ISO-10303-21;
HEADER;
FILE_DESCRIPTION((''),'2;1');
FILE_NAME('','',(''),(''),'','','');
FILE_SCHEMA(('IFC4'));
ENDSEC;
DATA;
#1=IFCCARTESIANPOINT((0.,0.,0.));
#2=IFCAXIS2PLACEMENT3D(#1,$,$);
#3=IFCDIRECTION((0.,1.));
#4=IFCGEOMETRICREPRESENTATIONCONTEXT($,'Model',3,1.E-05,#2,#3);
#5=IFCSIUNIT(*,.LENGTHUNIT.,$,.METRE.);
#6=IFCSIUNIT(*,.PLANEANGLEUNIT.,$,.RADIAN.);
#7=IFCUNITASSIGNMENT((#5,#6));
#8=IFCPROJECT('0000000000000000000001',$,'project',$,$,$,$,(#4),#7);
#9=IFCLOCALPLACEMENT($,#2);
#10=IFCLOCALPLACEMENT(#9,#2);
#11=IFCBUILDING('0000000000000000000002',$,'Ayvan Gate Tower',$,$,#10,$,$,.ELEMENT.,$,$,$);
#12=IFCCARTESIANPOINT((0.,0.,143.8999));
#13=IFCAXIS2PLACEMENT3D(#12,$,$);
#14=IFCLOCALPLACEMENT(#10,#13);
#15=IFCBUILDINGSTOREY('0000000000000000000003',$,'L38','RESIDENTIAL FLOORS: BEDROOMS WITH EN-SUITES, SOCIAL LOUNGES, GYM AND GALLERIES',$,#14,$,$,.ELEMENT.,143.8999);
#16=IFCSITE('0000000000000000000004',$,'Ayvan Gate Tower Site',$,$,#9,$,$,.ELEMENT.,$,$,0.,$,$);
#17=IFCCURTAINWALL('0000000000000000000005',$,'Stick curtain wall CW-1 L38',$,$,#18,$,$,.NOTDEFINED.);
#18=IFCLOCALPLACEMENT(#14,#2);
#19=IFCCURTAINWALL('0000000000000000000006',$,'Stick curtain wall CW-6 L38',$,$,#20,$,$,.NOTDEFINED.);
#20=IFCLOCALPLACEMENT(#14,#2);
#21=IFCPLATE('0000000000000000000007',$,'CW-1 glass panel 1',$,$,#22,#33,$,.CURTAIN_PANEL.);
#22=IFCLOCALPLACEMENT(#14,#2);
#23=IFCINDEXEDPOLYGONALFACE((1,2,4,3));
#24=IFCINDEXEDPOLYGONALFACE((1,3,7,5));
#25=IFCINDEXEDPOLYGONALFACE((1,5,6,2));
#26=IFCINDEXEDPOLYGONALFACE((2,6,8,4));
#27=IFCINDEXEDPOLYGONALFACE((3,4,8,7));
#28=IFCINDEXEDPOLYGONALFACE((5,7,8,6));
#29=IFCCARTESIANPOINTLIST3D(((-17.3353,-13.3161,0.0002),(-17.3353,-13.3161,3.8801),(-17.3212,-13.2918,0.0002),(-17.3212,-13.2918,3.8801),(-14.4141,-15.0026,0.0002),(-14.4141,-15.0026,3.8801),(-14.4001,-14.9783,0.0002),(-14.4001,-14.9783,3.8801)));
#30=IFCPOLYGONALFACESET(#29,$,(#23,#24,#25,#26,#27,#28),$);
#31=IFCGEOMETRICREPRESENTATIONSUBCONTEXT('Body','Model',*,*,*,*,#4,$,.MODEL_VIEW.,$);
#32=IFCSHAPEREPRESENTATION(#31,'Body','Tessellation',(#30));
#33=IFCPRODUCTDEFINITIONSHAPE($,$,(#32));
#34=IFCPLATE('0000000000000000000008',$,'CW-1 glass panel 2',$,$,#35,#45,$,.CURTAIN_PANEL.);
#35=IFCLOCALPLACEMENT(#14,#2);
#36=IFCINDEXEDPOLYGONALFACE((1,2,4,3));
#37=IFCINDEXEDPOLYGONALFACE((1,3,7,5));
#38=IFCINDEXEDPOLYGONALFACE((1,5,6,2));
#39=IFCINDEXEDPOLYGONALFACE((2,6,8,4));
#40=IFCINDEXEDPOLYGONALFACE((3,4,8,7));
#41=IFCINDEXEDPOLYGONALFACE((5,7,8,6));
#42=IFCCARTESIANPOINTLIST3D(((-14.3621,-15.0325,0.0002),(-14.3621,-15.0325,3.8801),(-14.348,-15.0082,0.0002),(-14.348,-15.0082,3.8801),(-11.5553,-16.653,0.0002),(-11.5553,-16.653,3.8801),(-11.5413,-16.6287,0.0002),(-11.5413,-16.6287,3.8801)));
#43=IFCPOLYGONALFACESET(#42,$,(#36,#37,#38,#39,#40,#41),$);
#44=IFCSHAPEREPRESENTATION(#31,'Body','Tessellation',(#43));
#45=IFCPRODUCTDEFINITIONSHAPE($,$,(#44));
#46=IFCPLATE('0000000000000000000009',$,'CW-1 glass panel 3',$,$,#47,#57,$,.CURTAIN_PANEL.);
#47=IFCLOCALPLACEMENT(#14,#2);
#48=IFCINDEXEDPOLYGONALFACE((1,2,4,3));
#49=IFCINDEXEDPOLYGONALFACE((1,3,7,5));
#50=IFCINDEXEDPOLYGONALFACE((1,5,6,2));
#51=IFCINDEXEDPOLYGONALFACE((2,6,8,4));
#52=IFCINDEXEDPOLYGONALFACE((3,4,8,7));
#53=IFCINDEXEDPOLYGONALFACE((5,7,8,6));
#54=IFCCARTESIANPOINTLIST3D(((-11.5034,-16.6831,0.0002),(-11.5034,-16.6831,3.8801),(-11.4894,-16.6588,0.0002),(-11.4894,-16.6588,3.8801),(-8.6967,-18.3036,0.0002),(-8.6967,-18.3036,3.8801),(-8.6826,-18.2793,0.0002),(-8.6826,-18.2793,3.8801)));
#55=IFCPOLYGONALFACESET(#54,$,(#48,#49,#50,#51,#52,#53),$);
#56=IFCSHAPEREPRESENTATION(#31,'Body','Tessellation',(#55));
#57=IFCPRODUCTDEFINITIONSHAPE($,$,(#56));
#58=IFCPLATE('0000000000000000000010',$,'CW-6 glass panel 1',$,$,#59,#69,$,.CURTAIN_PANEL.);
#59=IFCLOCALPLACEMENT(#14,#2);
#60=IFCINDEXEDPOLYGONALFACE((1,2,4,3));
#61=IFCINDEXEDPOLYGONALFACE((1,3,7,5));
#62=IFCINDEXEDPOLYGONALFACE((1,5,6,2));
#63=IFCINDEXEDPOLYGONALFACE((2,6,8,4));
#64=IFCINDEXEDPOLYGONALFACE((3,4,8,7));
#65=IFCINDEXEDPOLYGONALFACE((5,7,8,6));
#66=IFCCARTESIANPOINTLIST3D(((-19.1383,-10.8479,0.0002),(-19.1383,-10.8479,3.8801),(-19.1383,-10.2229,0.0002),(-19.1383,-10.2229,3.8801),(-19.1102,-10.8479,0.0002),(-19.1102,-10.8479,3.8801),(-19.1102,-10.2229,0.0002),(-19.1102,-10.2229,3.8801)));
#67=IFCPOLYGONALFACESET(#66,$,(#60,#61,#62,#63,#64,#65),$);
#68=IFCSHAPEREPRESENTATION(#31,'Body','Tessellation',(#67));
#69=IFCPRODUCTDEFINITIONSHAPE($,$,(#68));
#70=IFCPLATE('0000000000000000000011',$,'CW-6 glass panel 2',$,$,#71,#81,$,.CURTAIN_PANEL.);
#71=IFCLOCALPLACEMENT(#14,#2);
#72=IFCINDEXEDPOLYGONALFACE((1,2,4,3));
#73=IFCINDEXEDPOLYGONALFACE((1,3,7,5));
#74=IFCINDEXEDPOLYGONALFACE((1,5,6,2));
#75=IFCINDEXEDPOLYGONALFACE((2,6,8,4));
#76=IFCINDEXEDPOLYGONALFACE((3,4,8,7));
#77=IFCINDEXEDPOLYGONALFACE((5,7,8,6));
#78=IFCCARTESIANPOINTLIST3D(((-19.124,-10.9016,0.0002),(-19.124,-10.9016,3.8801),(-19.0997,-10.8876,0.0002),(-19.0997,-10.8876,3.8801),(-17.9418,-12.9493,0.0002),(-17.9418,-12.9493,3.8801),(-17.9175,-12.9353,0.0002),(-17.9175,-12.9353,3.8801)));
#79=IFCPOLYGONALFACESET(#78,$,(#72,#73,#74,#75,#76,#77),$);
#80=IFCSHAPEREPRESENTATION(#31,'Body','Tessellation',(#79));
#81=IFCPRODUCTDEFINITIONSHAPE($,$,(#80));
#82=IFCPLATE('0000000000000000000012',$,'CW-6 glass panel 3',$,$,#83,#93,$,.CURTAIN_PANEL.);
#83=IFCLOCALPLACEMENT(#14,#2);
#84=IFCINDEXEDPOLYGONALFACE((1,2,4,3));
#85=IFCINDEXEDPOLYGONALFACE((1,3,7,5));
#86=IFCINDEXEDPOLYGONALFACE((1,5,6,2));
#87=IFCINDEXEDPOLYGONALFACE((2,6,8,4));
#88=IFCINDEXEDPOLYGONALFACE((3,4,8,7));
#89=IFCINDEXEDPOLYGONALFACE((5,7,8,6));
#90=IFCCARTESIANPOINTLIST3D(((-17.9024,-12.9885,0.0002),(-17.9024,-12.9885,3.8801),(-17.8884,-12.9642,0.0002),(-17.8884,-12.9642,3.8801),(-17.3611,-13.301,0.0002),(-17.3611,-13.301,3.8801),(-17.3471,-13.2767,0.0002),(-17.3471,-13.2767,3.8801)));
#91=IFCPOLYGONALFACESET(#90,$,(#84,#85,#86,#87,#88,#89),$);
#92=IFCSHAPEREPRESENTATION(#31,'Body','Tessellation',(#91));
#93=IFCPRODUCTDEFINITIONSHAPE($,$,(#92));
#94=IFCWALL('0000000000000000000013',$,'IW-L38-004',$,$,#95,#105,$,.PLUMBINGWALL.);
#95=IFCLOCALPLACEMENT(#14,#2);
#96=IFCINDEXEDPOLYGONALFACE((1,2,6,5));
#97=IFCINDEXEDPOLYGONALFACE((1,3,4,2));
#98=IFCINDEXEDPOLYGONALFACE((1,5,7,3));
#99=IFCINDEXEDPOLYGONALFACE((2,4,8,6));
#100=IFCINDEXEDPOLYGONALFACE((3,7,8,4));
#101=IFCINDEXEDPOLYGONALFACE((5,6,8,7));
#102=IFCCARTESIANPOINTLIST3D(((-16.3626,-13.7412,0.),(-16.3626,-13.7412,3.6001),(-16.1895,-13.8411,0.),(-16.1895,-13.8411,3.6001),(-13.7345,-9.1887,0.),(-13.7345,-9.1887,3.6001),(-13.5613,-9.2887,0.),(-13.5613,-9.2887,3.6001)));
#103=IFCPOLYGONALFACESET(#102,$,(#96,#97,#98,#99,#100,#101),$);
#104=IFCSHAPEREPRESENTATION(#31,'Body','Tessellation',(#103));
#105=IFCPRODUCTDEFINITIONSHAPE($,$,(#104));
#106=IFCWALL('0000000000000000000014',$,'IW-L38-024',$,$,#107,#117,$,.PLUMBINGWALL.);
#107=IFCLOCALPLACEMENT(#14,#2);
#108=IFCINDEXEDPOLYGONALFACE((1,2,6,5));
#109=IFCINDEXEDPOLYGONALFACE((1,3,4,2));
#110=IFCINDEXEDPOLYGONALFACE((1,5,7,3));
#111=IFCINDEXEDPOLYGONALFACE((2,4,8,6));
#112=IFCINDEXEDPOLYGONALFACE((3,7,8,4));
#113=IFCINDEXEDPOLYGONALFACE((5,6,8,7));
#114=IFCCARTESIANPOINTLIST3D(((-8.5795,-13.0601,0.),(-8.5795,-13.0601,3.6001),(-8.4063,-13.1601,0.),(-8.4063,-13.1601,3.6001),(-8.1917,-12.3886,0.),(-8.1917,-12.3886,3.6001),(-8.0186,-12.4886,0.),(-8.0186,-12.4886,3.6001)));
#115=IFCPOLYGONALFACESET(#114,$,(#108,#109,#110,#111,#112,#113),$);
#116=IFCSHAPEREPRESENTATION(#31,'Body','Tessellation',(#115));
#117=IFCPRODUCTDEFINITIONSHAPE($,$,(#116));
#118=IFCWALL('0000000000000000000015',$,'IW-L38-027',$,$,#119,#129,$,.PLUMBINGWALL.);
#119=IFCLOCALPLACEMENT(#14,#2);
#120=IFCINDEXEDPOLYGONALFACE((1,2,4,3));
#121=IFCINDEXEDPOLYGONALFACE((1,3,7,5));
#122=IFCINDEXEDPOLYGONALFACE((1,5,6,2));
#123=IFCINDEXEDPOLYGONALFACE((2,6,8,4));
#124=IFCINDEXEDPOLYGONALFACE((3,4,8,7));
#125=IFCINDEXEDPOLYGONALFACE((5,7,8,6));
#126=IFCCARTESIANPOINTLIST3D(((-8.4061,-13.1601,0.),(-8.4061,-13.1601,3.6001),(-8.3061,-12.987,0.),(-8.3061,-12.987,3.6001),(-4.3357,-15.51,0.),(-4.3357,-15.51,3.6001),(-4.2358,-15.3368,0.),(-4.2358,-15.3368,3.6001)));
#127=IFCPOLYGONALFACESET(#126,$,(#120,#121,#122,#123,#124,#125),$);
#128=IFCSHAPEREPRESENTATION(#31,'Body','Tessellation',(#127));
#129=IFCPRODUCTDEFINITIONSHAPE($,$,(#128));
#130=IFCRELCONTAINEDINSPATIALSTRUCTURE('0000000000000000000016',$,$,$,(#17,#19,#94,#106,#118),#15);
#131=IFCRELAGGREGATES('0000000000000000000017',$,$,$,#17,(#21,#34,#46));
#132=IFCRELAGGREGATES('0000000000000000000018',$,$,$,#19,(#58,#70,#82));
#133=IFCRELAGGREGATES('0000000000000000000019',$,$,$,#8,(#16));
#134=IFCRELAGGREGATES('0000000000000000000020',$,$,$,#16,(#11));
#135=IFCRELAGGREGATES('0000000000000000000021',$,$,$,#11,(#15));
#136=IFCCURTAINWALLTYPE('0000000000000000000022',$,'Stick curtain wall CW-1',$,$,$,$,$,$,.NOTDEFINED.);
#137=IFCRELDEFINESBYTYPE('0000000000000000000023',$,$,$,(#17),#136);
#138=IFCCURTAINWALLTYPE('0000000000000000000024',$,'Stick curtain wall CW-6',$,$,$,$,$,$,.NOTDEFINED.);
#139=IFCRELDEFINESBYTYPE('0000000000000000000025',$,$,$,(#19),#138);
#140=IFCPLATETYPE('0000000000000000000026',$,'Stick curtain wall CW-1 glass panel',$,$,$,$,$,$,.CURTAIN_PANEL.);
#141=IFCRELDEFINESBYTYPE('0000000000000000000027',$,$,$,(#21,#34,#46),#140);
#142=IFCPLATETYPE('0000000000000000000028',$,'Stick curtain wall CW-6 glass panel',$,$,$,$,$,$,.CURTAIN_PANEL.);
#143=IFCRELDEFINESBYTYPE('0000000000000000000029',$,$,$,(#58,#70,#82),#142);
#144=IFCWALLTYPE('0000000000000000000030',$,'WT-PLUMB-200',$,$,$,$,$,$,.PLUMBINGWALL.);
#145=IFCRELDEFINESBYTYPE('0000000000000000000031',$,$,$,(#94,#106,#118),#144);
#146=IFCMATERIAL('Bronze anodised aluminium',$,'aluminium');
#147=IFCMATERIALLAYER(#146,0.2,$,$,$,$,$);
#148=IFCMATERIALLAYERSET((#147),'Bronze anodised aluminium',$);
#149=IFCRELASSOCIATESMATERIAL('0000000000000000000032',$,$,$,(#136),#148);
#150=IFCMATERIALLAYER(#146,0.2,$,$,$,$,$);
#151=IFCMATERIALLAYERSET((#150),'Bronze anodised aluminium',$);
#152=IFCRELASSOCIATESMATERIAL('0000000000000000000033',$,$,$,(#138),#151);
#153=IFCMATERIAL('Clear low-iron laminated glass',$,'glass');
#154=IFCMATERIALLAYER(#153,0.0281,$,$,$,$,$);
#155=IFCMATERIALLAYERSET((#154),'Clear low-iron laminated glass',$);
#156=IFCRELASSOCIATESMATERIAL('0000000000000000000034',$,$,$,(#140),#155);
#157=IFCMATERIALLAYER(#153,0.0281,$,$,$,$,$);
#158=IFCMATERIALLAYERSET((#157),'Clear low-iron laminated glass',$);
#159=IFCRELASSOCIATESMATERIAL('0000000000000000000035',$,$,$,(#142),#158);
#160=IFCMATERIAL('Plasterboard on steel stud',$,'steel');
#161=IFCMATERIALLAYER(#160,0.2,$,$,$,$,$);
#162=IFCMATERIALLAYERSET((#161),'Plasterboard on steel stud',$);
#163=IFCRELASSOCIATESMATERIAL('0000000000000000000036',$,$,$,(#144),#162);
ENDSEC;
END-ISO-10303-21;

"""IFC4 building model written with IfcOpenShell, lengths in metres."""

from ifc_helpers import new_model, si_unit, direction, frame, frame_2d, origin, origin_2d, place, context, subcontext, project, spatial, rectangle, extrude, material, layer, layer_set, type_object, element, aggregate, save


model = new_model("IFC4")

# Units and contexts
model_context = context("Model", 3, precision=1e-05, world=origin(), true_north=direction((0.0, 1.0)))
body_context = subcontext(model_context, "Body", "Model", "MODEL_VIEW")
ifc_project = project(units=[si_unit("LENGTHUNIT", "METRE"), si_unit("PLANEANGLEUNIT", "RADIAN")], contexts=[model_context])

# Site, building, storey
site_placement = place(None, origin())
site = spatial("IfcSite", under=ifc_project, at=site_placement, Name="Ayvan Gate Tower Site", CompositionType="ELEMENT", RefElevation=0.0)
building_placement = place(site_placement, origin())
building = spatial("IfcBuilding", under=site, at=building_placement, Name="Ayvan Gate Tower", CompositionType="ELEMENT")
storey_placement = place(building_placement, frame((0.0, 0.0, 143.8999)))
storey = spatial("IfcBuildingStorey", under=building, at=storey_placement, Name="L38", Description="RESIDENTIAL FLOORS: BEDROOMS WITH EN-SUITES, SOCIAL LOUNGES, GYM AND GALLERIES", CompositionType="ELEMENT", Elevation=143.8999)

# Curtain walls
ifc_material_1 = material(Name="Bronze anodised aluminium", Category="aluminium")
ifc_layer_1 = layer(ifc_material_1, 0.2)
ifc_layer_set_1 = layer_set([ifc_layer_1], Name="Bronze anodised aluminium")
curtain_wall_type_1 = type_object("IfcCurtainWallType", Name="Stick curtain wall CW-1", PredefinedType="NOTDEFINED", material=ifc_layer_set_1)
curtain_wall_1_placement = place(storey_placement, origin())
curtain_wall_1 = element("IfcCurtainWall", 1, at=curtain_wall_1_placement, inside=storey, type_object=curtain_wall_type_1, Name="Stick curtain wall CW-1 L38", PredefinedType="NOTDEFINED")
ifc_layer_2 = layer(ifc_material_1, 0.2)
ifc_layer_set_2 = layer_set([ifc_layer_2], Name="Bronze anodised aluminium")
curtain_wall_type_2 = type_object("IfcCurtainWallType", Name="Stick curtain wall CW-6", PredefinedType="NOTDEFINED", material=ifc_layer_set_2)
curtain_wall_2_placement = place(storey_placement, origin())
curtain_wall_2 = element("IfcCurtainWall", 2, at=curtain_wall_2_placement, inside=storey, type_object=curtain_wall_type_2, Name="Stick curtain wall CW-6 L38", PredefinedType="NOTDEFINED")

# Plates
ifc_material_2 = material(Name="Clear low-iron laminated glass", Category="glass")
ifc_layer_3 = layer(ifc_material_2, 0.0281)
ifc_layer_set_3 = layer_set([ifc_layer_3], Name="Clear low-iron laminated glass")
plate_type_1 = type_object("IfcPlateType", Name="Stick curtain wall CW-1 glass panel", PredefinedType="CURTAIN_PANEL", material=ifc_layer_set_3)
plate_1_placement = place(storey_placement, frame((-15.8677, -14.1472, 0.0002), z_axis=(0.0, 0.0, 1.0), x_axis=(0.866025, -0.5, 0.0)))
plate_1 = element("IfcPlate", 3, at=plate_1_placement, type_object=plate_type_1, Name="CW-1 glass panel 1", PredefinedType="CURTAIN_PANEL", context=body_context, shape_type="SweptSolid", body=[
    extrude(rectangle(XDim=3.373, YDim=0.0281, at=origin_2d()), origin(), (0.0, 0.0, 1.0), 3.8799),
])
plate_2_placement = place(storey_placement, frame((-12.9517, -15.8306, 0.0002), z_axis=(0.0, 0.0, 1.0), x_axis=(0.866025, -0.5, 0.0)))
plate_2 = element("IfcPlate", 4, at=plate_2_placement, type_object=plate_type_1, Name="CW-1 glass panel 2", PredefinedType="CURTAIN_PANEL", context=body_context, shape_type="SweptSolid", body=[
    extrude(rectangle(XDim=3.241, YDim=0.0281, at=origin_2d()), origin(), (0.0, 0.0, 1.0), 3.8799),
])
plate_3_placement = place(storey_placement, frame((-10.093, -17.4812, 0.0002), z_axis=(0.0, 0.0, 1.0), x_axis=(0.866025, -0.5, 0.0)))
plate_3 = element("IfcPlate", 5, at=plate_3_placement, type_object=plate_type_1, Name="CW-1 glass panel 3", PredefinedType="CURTAIN_PANEL", context=body_context, shape_type="SweptSolid", body=[
    extrude(rectangle(XDim=3.241, YDim=0.0281, at=origin_2d()), origin(), (0.0, 0.0, 1.0), 3.8799),
])
aggregate(curtain_wall_1, [plate_1, plate_2, plate_3])
ifc_layer_4 = layer(ifc_material_2, 0.0281)
ifc_layer_set_4 = layer_set([ifc_layer_4], Name="Clear low-iron laminated glass")
plate_type_2 = type_object("IfcPlateType", Name="Stick curtain wall CW-6 glass panel", PredefinedType="CURTAIN_PANEL", material=ifc_layer_set_4)
plate_4_placement = place(storey_placement, frame((-19.1243, -10.5354, 0.0002), z_axis=(0.0, 0.0, 1.0), x_axis=(0.0, -1.0, 0.0)))
plate_4 = element("IfcPlate", 6, at=plate_4_placement, type_object=plate_type_2, Name="CW-6 glass panel 1", PredefinedType="CURTAIN_PANEL", context=body_context, shape_type="SweptSolid", body=[
    extrude(rectangle(XDim=0.625, YDim=0.0281, at=origin_2d()), origin(), (0.0, 0.0, 1.0), 3.8799),
])
plate_5_placement = place(storey_placement, frame((-18.5208, -11.9185, 0.0002), z_axis=(0.0, 0.0, 1.0), x_axis=(0.5, -0.866025, 0.0)))
plate_5 = element("IfcPlate", 7, at=plate_5_placement, type_object=plate_type_2, Name="CW-6 glass panel 2", PredefinedType="CURTAIN_PANEL", context=body_context, shape_type="SweptSolid", body=[
    extrude(rectangle(XDim=2.3645, YDim=0.0281, at=origin_2d()), origin(), (0.0, 0.0, 1.0), 3.8799),
])
plate_6_placement = place(storey_placement, frame((-17.6248, -13.1326, 0.0002), z_axis=(0.0, 0.0, 1.0), x_axis=(0.866025, -0.5, 0.0)))
plate_6 = element("IfcPlate", 8, at=plate_6_placement, type_object=plate_type_2, Name="CW-6 glass panel 3", PredefinedType="CURTAIN_PANEL", context=body_context, shape_type="SweptSolid", body=[
    extrude(rectangle(XDim=0.625, YDim=0.0281, at=origin_2d()), origin(), (0.0, 0.0, 1.0), 3.8799),
])
aggregate(curtain_wall_2, [plate_4, plate_5, plate_6])

# Walls
ifc_material_3 = material(Name="Plasterboard on steel stud", Category="steel")
ifc_layer_5 = layer(ifc_material_3, 0.2)
ifc_layer_set_5 = layer_set([ifc_layer_5], Name="Plasterboard on steel stud")
wall_type = type_object("IfcWallType", Name="WT-PLUMB-200", PredefinedType="PLUMBINGWALL", material=ifc_layer_set_5)
wall_1_placement = place(storey_placement, frame((-16.2761, -13.7913, 0.0), z_axis=(0.0, 0.0, 1.0), x_axis=(0.49997, 0.866043, 0.0)))
element("IfcWall", 9, at=wall_1_placement, inside=storey, type_object=wall_type, Name="IW-L38-004", PredefinedType="PLUMBINGWALL", context=body_context, shape_type="SweptSolid", body=[
    extrude(rectangle(XDim=5.2566, YDim=0.2, at=frame_2d((2.6284, 0.0))), origin(), (0.0, 0.0, 1.0), 3.6001),
])
wall_2_placement = place(storey_placement, frame((-8.4929, -13.1101, 0.0), z_axis=(0.0, 0.0, 1.0), x_axis=(0.500068, 0.865986, 0.0)))
element("IfcWall", 10, at=wall_2_placement, inside=storey, type_object=wall_type, Name="IW-L38-024", PredefinedType="PLUMBINGWALL", context=body_context, shape_type="SweptSolid", body=[
    extrude(rectangle(XDim=0.7754, YDim=0.2, at=frame_2d((0.3877, 0.0))), origin(), (0.0, 0.0, 1.0), 3.6001),
])
wall_3_placement = place(storey_placement, frame((-8.3562, -13.0735, 0.0), z_axis=(0.0, 0.0, 1.0), x_axis=(0.866039, -0.499977, 0.0)))
element("IfcWall", 11, at=wall_3_placement, inside=storey, type_object=wall_type, Name="IW-L38-027", PredefinedType="PLUMBINGWALL", context=body_context, shape_type="SweptSolid", body=[
    extrude(rectangle(XDim=4.7, YDim=0.2, at=frame_2d((2.3501, 0.0))), origin(), (0.0, 0.0, 1.0), 3.6001),
])

save(model, "model.ifc")
